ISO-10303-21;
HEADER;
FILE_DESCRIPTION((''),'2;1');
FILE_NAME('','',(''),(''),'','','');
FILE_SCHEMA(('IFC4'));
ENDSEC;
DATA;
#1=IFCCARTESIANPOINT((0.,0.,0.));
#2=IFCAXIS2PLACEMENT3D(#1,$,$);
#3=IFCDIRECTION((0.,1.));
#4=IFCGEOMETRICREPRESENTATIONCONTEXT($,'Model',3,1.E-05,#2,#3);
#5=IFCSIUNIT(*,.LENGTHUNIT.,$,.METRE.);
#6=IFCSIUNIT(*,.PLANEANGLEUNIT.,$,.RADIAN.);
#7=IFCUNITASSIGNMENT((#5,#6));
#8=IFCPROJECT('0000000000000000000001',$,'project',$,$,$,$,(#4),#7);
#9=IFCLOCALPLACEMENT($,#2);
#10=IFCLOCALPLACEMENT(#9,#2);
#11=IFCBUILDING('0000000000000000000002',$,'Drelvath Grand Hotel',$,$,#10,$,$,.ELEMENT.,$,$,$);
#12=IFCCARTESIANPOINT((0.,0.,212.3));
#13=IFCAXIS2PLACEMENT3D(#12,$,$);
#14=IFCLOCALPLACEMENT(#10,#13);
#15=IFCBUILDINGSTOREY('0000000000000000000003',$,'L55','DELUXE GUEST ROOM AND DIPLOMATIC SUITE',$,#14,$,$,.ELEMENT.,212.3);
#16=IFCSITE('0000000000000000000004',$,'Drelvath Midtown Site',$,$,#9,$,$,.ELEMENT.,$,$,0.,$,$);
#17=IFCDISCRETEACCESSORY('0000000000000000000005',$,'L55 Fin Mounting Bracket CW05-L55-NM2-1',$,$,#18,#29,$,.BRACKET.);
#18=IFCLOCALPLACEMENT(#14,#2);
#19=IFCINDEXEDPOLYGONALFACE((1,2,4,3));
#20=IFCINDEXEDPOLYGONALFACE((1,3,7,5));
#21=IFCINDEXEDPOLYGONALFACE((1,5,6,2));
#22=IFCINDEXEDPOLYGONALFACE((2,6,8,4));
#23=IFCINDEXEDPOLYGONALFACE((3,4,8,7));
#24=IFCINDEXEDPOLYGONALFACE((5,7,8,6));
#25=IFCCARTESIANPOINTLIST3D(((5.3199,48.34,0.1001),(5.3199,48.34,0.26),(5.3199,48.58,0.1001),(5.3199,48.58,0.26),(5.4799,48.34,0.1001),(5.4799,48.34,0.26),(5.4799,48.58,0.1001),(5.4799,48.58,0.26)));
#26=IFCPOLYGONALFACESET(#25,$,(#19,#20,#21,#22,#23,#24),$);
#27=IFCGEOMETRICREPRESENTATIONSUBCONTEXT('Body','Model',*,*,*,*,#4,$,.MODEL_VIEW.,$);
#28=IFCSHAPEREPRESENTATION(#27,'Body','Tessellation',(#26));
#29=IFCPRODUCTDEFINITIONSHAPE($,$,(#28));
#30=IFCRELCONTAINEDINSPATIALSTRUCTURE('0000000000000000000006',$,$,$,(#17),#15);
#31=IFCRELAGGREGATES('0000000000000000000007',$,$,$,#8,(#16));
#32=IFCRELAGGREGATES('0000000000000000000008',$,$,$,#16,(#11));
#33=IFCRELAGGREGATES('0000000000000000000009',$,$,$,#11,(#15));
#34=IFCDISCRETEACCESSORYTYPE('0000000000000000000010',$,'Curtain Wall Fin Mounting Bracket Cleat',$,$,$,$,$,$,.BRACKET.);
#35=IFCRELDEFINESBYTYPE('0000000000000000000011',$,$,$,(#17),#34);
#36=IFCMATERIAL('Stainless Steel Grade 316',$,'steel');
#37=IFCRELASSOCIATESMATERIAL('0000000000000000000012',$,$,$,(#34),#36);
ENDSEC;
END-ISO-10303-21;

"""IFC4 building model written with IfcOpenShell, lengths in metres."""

from ifc_helpers import new_model, si_unit, direction, frame, origin, origin_2d, place, context, subcontext, project, spatial, rectangle, extrude, material, type_object, element, save


model = new_model("IFC4")

# Units and contexts
model_context = context("Model", 3, precision=1e-05, world=origin(), true_north=direction((0.0, 1.0)))
body_context = subcontext(model_context, "Body", "Model", "MODEL_VIEW")
ifc_project = project(units=[si_unit("LENGTHUNIT", "METRE"), si_unit("PLANEANGLEUNIT", "RADIAN")], contexts=[model_context])

# Site, building, storey
site_placement = place(None, origin())
site = spatial("IfcSite", under=ifc_project, at=site_placement, Name="Drelvath Midtown Site", CompositionType="ELEMENT", RefElevation=0.0)
building_placement = place(site_placement, origin())
building = spatial("IfcBuilding", under=site, at=building_placement, Name="Drelvath Grand Hotel", CompositionType="ELEMENT")
storey_placement = place(building_placement, frame((0.0, 0.0, 212.3)))
storey = spatial("IfcBuildingStorey", under=building, at=storey_placement, Name="L55", Description="DELUXE GUEST ROOM AND DIPLOMATIC SUITE", CompositionType="ELEMENT", Elevation=212.3)

# Discrete accessory
ifc_material_1 = material(Name="Stainless Steel Grade 316", Category="steel")
discrete_accessory_type = type_object("IfcDiscreteAccessoryType", Name="Curtain Wall Fin Mounting Bracket Cleat", PredefinedType="BRACKET", material=ifc_material_1)
discrete_accessory_placement = place(storey_placement, frame((5.3999, 48.46, 0.1001), z_axis=(0.0, 0.0, 1.0), x_axis=(1.0, 0.0, 0.0)))
element("IfcDiscreteAccessory", 1, at=discrete_accessory_placement, inside=storey, type_object=discrete_accessory_type, Name="L55 Fin Mounting Bracket CW05-L55-NM2-1", PredefinedType="BRACKET", context=body_context, shape_type="SweptSolid", body=[
    extrude(rectangle(XDim=0.1599, YDim=0.24, at=origin_2d()), origin(), (0.0, 0.0, 1.0), 0.1599),
])

save(model, "model.ifc")
